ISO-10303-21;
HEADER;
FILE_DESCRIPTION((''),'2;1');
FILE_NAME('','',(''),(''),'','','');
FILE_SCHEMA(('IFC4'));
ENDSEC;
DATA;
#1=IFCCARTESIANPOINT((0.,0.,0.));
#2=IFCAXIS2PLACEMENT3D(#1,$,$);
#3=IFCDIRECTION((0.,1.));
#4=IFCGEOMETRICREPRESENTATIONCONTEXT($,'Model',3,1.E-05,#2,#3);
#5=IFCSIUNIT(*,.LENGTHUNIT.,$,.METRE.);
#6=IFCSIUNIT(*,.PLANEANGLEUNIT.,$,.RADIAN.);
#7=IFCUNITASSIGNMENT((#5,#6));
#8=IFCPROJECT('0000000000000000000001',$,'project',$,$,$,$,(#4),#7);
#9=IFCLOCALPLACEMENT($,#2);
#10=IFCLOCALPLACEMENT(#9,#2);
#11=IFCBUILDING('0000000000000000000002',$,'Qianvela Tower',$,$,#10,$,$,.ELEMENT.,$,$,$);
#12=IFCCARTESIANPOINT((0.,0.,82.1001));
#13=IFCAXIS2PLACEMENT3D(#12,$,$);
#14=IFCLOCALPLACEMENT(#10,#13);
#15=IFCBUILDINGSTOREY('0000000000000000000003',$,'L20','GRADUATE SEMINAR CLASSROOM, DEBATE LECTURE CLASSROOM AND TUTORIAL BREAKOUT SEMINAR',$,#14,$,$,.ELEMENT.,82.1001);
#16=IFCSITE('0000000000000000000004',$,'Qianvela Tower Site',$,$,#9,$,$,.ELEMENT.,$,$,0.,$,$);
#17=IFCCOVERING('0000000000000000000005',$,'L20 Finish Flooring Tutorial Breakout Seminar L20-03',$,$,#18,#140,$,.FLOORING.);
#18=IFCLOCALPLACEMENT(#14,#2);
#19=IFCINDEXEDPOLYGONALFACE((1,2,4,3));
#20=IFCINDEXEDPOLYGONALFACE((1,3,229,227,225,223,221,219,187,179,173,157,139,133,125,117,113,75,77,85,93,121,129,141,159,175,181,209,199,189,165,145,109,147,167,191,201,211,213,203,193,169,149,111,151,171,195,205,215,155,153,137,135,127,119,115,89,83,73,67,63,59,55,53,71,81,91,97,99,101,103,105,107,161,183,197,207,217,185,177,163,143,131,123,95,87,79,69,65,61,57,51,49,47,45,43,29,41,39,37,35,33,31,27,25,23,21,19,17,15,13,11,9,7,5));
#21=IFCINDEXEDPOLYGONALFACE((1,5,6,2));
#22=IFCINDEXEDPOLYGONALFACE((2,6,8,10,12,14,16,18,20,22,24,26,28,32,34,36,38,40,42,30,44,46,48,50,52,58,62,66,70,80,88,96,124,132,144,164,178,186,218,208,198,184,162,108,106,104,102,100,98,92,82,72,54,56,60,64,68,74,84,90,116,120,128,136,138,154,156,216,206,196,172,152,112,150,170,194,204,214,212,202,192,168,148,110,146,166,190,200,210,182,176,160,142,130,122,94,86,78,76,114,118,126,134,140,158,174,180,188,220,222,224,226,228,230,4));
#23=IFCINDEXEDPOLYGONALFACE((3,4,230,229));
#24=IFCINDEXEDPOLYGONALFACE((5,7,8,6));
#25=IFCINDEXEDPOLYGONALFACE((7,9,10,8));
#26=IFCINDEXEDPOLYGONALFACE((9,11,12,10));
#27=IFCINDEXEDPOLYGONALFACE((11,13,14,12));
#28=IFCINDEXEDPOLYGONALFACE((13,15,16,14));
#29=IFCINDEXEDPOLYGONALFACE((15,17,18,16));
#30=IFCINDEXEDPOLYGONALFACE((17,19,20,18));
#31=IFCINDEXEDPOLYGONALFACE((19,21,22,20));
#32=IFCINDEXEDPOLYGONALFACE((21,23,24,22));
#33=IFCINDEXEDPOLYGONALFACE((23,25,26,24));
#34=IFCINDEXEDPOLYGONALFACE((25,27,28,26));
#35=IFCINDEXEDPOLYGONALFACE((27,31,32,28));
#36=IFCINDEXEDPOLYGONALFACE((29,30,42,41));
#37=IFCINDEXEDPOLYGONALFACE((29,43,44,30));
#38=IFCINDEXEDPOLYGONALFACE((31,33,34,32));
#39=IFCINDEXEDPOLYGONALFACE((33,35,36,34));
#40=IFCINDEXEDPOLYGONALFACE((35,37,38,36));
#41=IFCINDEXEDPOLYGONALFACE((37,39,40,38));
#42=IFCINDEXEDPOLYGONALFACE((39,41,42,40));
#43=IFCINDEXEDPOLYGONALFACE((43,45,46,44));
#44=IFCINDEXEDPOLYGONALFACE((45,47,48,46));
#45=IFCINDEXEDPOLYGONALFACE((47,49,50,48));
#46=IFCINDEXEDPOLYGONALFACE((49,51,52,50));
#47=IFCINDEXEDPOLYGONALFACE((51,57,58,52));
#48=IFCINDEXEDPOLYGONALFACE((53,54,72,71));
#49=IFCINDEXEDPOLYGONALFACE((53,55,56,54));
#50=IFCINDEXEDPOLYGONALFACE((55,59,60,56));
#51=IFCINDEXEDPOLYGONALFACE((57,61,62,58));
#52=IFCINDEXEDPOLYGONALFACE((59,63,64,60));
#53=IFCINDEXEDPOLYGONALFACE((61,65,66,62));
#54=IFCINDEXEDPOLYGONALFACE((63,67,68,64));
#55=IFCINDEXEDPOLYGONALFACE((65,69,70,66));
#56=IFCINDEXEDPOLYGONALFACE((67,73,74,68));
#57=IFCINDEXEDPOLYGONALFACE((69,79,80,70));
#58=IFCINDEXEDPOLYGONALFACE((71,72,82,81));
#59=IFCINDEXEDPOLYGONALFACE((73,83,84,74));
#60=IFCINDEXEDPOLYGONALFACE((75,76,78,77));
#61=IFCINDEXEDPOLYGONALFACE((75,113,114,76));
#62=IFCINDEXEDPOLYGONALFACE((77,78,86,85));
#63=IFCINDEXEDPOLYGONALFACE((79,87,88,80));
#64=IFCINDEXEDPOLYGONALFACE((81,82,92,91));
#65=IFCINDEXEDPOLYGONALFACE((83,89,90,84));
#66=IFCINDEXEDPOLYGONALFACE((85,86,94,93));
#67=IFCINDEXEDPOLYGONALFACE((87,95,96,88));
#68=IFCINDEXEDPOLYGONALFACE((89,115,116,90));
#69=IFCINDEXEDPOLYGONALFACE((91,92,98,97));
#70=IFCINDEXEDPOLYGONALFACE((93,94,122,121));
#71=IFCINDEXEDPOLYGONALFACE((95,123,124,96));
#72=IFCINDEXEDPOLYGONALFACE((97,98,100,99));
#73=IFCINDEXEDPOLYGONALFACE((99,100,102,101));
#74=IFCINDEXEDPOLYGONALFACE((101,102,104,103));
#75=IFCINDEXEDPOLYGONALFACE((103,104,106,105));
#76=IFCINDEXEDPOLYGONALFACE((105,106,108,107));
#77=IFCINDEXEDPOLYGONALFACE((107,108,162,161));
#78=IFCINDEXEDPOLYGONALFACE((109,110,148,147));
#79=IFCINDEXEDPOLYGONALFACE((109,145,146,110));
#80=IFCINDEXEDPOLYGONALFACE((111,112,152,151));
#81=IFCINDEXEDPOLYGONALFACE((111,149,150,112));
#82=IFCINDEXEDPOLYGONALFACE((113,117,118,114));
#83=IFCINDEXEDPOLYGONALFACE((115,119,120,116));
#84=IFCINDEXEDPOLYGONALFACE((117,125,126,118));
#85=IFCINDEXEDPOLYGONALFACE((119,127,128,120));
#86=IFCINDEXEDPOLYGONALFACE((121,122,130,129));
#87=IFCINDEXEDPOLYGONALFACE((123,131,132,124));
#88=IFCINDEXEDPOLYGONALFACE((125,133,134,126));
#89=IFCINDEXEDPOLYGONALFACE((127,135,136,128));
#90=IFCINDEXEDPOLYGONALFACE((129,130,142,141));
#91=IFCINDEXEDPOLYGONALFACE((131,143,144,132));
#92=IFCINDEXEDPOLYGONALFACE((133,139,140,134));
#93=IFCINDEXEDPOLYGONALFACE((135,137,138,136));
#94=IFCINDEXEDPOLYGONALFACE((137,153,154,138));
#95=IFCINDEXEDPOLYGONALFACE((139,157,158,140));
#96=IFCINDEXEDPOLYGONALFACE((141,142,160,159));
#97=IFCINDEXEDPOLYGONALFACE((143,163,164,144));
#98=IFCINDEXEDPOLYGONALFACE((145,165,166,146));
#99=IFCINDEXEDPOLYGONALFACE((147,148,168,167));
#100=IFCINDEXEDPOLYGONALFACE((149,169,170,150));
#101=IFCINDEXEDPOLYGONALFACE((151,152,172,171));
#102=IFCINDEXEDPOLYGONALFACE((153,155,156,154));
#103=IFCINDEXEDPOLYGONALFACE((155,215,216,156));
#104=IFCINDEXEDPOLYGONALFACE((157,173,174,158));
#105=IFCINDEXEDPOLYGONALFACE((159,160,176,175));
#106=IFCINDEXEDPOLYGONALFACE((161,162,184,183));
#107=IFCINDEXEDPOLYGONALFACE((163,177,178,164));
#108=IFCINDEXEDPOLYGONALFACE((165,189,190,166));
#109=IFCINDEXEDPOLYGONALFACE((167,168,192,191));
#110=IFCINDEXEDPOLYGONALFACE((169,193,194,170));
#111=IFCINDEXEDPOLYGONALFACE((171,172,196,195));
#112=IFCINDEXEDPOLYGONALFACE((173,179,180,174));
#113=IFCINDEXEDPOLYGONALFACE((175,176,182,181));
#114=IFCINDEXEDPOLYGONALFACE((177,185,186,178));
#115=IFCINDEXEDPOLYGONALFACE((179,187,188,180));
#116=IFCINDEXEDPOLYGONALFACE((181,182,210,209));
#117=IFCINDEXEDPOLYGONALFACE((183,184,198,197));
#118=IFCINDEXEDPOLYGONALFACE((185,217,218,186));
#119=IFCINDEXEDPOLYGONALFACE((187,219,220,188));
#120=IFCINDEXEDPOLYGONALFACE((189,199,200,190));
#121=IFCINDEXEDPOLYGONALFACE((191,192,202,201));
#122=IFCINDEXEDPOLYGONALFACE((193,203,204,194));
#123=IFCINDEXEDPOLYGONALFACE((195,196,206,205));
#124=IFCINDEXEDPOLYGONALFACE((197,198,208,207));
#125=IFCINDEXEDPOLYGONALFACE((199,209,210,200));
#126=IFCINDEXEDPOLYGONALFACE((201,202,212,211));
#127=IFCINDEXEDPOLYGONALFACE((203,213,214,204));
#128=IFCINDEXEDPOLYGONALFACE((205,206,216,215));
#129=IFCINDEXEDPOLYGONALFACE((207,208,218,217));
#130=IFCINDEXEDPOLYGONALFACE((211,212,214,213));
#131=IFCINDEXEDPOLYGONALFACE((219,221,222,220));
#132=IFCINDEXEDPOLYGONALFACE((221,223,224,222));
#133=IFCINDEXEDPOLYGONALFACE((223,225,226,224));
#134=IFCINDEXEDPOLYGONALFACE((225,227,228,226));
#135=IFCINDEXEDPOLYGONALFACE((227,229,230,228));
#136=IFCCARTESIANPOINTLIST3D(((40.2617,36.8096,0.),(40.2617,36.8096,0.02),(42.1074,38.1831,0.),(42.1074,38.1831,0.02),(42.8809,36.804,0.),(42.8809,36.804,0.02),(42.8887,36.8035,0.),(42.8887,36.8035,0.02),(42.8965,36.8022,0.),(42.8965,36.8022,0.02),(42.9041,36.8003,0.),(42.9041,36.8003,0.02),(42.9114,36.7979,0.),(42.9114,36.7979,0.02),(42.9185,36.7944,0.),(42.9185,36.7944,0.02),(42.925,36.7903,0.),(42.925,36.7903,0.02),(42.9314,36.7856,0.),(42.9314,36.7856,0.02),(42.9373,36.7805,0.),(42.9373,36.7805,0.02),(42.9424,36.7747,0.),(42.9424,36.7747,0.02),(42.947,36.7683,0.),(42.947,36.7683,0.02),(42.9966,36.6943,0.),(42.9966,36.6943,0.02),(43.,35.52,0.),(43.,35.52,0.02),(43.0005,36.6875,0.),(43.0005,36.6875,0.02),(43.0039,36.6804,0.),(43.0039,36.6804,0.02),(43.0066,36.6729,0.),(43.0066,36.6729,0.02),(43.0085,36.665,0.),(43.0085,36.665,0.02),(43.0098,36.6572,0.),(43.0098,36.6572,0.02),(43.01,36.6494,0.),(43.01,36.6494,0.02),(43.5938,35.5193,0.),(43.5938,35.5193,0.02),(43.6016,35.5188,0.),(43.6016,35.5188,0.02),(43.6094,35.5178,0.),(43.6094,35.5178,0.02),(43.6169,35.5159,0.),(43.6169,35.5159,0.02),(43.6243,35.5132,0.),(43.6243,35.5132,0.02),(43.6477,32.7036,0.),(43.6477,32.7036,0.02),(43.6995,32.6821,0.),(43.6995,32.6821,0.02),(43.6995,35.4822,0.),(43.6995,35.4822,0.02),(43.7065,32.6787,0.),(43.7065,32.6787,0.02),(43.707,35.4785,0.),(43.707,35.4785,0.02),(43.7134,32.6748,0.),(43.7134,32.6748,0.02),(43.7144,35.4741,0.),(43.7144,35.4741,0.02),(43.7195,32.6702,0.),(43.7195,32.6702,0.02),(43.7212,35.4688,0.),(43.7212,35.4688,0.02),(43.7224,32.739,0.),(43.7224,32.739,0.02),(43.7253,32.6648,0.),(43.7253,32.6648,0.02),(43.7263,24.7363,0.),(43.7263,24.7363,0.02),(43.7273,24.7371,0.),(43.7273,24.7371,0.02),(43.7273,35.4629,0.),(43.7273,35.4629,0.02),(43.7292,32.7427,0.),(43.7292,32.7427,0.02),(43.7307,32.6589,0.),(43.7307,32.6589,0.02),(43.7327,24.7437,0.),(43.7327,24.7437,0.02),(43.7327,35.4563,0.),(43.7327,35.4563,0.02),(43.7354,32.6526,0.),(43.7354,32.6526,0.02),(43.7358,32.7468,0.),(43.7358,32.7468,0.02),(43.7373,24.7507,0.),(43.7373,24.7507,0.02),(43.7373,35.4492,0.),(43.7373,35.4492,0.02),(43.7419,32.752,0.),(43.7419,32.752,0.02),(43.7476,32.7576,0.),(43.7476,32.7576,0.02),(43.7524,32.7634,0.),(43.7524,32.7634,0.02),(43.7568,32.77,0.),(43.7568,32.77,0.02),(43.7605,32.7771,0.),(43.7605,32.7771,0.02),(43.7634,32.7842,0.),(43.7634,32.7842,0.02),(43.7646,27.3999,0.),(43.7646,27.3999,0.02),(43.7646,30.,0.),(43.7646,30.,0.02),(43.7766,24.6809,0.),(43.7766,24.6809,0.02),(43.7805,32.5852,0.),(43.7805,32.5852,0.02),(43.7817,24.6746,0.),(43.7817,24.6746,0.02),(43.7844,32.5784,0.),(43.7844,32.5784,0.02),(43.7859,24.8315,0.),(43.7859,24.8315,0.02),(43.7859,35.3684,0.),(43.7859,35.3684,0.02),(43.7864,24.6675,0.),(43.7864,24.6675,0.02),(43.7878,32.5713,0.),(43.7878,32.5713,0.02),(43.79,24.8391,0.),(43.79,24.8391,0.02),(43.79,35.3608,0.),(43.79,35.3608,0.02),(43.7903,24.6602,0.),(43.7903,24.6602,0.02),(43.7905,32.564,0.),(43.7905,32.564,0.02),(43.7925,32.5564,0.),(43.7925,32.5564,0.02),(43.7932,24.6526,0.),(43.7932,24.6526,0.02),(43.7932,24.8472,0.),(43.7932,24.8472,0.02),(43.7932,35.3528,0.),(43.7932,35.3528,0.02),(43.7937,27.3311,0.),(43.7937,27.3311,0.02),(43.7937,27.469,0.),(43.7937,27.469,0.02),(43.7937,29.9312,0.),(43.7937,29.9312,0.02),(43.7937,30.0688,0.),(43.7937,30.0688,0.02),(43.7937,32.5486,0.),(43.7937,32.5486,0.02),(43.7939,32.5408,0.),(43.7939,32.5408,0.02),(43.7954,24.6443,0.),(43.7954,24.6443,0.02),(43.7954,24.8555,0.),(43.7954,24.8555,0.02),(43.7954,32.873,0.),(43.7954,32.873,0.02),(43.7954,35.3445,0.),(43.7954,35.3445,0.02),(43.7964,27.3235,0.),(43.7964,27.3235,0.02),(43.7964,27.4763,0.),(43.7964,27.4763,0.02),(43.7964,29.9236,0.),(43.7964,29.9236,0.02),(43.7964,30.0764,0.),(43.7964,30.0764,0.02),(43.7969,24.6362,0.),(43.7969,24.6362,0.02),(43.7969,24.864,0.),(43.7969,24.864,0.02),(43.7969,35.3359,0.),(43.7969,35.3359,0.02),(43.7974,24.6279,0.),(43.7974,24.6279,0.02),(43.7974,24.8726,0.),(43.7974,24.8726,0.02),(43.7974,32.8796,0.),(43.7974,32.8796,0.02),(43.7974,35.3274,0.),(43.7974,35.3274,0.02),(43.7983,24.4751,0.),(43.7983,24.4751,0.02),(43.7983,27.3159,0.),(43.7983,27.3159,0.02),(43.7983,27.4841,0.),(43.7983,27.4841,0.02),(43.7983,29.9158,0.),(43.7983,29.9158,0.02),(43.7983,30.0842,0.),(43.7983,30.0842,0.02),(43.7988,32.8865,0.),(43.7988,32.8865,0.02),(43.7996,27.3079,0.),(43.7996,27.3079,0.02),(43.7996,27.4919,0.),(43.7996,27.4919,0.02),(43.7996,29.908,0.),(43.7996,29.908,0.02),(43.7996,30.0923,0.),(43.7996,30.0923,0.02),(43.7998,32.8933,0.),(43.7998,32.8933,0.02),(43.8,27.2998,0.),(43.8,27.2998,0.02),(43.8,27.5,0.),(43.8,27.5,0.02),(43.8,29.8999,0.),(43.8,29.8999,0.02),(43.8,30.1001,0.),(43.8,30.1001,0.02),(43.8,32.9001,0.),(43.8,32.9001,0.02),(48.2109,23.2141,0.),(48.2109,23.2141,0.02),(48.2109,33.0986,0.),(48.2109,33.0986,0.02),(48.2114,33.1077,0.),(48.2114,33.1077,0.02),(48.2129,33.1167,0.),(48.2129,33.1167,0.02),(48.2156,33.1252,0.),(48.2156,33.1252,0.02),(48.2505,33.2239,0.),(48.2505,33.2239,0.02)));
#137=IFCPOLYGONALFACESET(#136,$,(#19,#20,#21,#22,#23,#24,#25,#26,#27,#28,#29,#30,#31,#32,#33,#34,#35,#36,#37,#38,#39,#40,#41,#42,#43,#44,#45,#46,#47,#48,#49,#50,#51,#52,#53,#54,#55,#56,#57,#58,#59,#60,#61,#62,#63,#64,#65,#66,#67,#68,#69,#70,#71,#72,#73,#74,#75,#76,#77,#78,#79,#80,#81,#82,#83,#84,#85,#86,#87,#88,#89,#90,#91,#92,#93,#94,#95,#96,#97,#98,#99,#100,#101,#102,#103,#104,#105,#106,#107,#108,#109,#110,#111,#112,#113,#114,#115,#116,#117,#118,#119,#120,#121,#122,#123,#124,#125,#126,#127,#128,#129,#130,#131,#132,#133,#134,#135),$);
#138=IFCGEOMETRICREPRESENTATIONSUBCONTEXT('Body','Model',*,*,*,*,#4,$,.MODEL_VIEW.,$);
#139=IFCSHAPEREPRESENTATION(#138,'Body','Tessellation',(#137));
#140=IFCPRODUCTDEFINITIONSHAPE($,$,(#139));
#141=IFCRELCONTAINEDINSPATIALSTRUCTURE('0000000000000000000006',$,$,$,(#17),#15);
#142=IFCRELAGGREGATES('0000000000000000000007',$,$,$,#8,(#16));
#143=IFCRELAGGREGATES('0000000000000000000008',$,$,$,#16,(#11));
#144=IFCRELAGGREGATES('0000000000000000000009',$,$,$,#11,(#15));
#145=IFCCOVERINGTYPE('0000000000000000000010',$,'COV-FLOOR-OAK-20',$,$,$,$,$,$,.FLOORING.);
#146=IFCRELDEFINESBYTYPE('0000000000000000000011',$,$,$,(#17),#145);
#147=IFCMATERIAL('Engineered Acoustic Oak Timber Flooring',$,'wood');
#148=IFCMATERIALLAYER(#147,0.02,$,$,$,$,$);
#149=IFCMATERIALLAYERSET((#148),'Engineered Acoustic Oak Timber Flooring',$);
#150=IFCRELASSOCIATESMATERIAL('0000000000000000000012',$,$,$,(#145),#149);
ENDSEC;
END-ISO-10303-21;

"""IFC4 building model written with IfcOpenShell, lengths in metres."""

from ifc_helpers import new_model, si_unit, direction, frame, origin, place, context, subcontext, project, spatial, polyline, outline, extrude, material, layer, layer_set, type_object, element, save


model = new_model("IFC4")

# Units and contexts
model_context = context("Model", 3, precision=1e-05, world=origin(), true_north=direction((0.0, 1.0)))
body_context = subcontext(model_context, "Body", "Model", "MODEL_VIEW")
ifc_project = project(units=[si_unit("LENGTHUNIT", "METRE"), si_unit("PLANEANGLEUNIT", "RADIAN")], contexts=[model_context])

# Site, building, storey
site_placement = place(None, origin())
site = spatial("IfcSite", under=ifc_project, at=site_placement, Name="Qianvela Tower Site", CompositionType="ELEMENT", RefElevation=0.0)
building_placement = place(site_placement, origin())
building = spatial("IfcBuilding", under=site, at=building_placement, Name="Qianvela Tower", CompositionType="ELEMENT")
storey_placement = place(building_placement, frame((0.0, 0.0, 82.1001)))
storey = spatial("IfcBuildingStorey", under=building, at=storey_placement, Name="L20", Description="GRADUATE SEMINAR CLASSROOM, DEBATE LECTURE CLASSROOM AND TUTORIAL BREAKOUT SEMINAR", CompositionType="ELEMENT", Elevation=82.1001)

# Covering
ifc_material_1 = material(Name="Engineered Acoustic Oak Timber Flooring", Category="wood")
ifc_layer_1 = layer(ifc_material_1, 0.02)
ifc_layer_set_1 = layer_set([ifc_layer_1], Name="Engineered Acoustic Oak Timber Flooring")
covering_type_1 = type_object("IfcCoveringType", Name="COV-FLOOR-OAK-20", PredefinedType="FLOORING", material=ifc_layer_set_1)
covering_1_placement = place(storey_placement, origin())
element("IfcCovering", 1, at=covering_1_placement, inside=storey, type_object=covering_type_1, Name="L20 Finish Flooring Tutorial Breakout Seminar L20-03", PredefinedType="FLOORING", context=body_context, shape_type="SweptSolid", body=[
    extrude(outline(polyline([(43.6477, 32.7036), (43.7224, 32.739), (43.7292, 32.7427), (43.7358, 32.7468), (43.7419, 32.752), (43.7476, 32.7576), (43.7524, 32.7634), (43.7568, 32.77), (43.7605, 32.7771), (43.7634, 32.7842), (43.7954, 32.873), (43.7974, 32.8796), (43.7988, 32.8865), (43.7998, 32.8933), (43.8, 32.9001), (43.7974, 35.3274), (43.7969, 35.3359), (43.7954, 35.3445), (43.7932, 35.3528), (43.79, 35.3608), (43.7859, 35.3684), (43.7373, 35.4492), (43.7327, 35.4563), (43.7273, 35.4629), (43.7212, 35.4688), (43.7144, 35.4741), (43.707, 35.4785), (43.6995, 35.4822), (43.6243, 35.5132), (43.6169, 35.5159), (43.6094, 35.5178), (43.6016, 35.5188), (43.5938, 35.5193), (43.0, 35.52), (43.01, 36.6494), (43.0098, 36.6572), (43.0085, 36.665), (43.0066, 36.6729), (43.0039, 36.6804), (43.0005, 36.6875), (42.9966, 36.6943), (42.947, 36.7683), (42.9424, 36.7747), (42.9373, 36.7805), (42.9314, 36.7856), (42.925, 36.7903), (42.9185, 36.7944), (42.9114, 36.7979), (42.9041, 36.8003), (42.8965, 36.8022), (42.8887, 36.8035), (42.8809, 36.804), (40.2617, 36.8096), (42.1074, 38.1831), (48.2505, 33.2239), (48.2156, 33.1252), (48.2129, 33.1167), (48.2114, 33.1077), (48.2109, 33.0986), (48.2109, 23.2141), (43.7983, 24.4751), (43.7974, 24.6279), (43.7969, 24.6362), (43.7954, 24.6443), (43.7932, 24.6526), (43.7903, 24.6602), (43.7864, 24.6675), (43.7817, 24.6746), (43.7766, 24.6809), (43.7263, 24.7363), (43.7273, 24.7371), (43.7327, 24.7437), (43.7373, 24.7507), (43.7859, 24.8315), (43.79, 24.8391), (43.7932, 24.8472), (43.7954, 24.8555), (43.7969, 24.864), (43.7974, 24.8726), (43.8, 27.2998), (43.7996, 27.3079), (43.7983, 27.3159), (43.7964, 27.3235), (43.7937, 27.3311), (43.7646, 27.3999), (43.7937, 27.469), (43.7964, 27.4763), (43.7983, 27.4841), (43.7996, 27.4919), (43.8, 27.5), (43.8, 29.8999), (43.7996, 29.908), (43.7983, 29.9158), (43.7964, 29.9236), (43.7937, 29.9312), (43.7646, 30.0), (43.7937, 30.0688), (43.7964, 30.0764), (43.7983, 30.0842), (43.7996, 30.0923), (43.8, 30.1001), (43.7939, 32.5408), (43.7937, 32.5486), (43.7925, 32.5564), (43.7905, 32.564), (43.7878, 32.5713), (43.7844, 32.5784), (43.7805, 32.5852), (43.7354, 32.6526), (43.7307, 32.6589), (43.7253, 32.6648), (43.7195, 32.6702), (43.7134, 32.6748), (43.7065, 32.6787), (43.6995, 32.6821), (43.6477, 32.7036)])), origin(), (0.0, 0.0, 1.0), 0.02),
])

save(model, "model.ifc")
